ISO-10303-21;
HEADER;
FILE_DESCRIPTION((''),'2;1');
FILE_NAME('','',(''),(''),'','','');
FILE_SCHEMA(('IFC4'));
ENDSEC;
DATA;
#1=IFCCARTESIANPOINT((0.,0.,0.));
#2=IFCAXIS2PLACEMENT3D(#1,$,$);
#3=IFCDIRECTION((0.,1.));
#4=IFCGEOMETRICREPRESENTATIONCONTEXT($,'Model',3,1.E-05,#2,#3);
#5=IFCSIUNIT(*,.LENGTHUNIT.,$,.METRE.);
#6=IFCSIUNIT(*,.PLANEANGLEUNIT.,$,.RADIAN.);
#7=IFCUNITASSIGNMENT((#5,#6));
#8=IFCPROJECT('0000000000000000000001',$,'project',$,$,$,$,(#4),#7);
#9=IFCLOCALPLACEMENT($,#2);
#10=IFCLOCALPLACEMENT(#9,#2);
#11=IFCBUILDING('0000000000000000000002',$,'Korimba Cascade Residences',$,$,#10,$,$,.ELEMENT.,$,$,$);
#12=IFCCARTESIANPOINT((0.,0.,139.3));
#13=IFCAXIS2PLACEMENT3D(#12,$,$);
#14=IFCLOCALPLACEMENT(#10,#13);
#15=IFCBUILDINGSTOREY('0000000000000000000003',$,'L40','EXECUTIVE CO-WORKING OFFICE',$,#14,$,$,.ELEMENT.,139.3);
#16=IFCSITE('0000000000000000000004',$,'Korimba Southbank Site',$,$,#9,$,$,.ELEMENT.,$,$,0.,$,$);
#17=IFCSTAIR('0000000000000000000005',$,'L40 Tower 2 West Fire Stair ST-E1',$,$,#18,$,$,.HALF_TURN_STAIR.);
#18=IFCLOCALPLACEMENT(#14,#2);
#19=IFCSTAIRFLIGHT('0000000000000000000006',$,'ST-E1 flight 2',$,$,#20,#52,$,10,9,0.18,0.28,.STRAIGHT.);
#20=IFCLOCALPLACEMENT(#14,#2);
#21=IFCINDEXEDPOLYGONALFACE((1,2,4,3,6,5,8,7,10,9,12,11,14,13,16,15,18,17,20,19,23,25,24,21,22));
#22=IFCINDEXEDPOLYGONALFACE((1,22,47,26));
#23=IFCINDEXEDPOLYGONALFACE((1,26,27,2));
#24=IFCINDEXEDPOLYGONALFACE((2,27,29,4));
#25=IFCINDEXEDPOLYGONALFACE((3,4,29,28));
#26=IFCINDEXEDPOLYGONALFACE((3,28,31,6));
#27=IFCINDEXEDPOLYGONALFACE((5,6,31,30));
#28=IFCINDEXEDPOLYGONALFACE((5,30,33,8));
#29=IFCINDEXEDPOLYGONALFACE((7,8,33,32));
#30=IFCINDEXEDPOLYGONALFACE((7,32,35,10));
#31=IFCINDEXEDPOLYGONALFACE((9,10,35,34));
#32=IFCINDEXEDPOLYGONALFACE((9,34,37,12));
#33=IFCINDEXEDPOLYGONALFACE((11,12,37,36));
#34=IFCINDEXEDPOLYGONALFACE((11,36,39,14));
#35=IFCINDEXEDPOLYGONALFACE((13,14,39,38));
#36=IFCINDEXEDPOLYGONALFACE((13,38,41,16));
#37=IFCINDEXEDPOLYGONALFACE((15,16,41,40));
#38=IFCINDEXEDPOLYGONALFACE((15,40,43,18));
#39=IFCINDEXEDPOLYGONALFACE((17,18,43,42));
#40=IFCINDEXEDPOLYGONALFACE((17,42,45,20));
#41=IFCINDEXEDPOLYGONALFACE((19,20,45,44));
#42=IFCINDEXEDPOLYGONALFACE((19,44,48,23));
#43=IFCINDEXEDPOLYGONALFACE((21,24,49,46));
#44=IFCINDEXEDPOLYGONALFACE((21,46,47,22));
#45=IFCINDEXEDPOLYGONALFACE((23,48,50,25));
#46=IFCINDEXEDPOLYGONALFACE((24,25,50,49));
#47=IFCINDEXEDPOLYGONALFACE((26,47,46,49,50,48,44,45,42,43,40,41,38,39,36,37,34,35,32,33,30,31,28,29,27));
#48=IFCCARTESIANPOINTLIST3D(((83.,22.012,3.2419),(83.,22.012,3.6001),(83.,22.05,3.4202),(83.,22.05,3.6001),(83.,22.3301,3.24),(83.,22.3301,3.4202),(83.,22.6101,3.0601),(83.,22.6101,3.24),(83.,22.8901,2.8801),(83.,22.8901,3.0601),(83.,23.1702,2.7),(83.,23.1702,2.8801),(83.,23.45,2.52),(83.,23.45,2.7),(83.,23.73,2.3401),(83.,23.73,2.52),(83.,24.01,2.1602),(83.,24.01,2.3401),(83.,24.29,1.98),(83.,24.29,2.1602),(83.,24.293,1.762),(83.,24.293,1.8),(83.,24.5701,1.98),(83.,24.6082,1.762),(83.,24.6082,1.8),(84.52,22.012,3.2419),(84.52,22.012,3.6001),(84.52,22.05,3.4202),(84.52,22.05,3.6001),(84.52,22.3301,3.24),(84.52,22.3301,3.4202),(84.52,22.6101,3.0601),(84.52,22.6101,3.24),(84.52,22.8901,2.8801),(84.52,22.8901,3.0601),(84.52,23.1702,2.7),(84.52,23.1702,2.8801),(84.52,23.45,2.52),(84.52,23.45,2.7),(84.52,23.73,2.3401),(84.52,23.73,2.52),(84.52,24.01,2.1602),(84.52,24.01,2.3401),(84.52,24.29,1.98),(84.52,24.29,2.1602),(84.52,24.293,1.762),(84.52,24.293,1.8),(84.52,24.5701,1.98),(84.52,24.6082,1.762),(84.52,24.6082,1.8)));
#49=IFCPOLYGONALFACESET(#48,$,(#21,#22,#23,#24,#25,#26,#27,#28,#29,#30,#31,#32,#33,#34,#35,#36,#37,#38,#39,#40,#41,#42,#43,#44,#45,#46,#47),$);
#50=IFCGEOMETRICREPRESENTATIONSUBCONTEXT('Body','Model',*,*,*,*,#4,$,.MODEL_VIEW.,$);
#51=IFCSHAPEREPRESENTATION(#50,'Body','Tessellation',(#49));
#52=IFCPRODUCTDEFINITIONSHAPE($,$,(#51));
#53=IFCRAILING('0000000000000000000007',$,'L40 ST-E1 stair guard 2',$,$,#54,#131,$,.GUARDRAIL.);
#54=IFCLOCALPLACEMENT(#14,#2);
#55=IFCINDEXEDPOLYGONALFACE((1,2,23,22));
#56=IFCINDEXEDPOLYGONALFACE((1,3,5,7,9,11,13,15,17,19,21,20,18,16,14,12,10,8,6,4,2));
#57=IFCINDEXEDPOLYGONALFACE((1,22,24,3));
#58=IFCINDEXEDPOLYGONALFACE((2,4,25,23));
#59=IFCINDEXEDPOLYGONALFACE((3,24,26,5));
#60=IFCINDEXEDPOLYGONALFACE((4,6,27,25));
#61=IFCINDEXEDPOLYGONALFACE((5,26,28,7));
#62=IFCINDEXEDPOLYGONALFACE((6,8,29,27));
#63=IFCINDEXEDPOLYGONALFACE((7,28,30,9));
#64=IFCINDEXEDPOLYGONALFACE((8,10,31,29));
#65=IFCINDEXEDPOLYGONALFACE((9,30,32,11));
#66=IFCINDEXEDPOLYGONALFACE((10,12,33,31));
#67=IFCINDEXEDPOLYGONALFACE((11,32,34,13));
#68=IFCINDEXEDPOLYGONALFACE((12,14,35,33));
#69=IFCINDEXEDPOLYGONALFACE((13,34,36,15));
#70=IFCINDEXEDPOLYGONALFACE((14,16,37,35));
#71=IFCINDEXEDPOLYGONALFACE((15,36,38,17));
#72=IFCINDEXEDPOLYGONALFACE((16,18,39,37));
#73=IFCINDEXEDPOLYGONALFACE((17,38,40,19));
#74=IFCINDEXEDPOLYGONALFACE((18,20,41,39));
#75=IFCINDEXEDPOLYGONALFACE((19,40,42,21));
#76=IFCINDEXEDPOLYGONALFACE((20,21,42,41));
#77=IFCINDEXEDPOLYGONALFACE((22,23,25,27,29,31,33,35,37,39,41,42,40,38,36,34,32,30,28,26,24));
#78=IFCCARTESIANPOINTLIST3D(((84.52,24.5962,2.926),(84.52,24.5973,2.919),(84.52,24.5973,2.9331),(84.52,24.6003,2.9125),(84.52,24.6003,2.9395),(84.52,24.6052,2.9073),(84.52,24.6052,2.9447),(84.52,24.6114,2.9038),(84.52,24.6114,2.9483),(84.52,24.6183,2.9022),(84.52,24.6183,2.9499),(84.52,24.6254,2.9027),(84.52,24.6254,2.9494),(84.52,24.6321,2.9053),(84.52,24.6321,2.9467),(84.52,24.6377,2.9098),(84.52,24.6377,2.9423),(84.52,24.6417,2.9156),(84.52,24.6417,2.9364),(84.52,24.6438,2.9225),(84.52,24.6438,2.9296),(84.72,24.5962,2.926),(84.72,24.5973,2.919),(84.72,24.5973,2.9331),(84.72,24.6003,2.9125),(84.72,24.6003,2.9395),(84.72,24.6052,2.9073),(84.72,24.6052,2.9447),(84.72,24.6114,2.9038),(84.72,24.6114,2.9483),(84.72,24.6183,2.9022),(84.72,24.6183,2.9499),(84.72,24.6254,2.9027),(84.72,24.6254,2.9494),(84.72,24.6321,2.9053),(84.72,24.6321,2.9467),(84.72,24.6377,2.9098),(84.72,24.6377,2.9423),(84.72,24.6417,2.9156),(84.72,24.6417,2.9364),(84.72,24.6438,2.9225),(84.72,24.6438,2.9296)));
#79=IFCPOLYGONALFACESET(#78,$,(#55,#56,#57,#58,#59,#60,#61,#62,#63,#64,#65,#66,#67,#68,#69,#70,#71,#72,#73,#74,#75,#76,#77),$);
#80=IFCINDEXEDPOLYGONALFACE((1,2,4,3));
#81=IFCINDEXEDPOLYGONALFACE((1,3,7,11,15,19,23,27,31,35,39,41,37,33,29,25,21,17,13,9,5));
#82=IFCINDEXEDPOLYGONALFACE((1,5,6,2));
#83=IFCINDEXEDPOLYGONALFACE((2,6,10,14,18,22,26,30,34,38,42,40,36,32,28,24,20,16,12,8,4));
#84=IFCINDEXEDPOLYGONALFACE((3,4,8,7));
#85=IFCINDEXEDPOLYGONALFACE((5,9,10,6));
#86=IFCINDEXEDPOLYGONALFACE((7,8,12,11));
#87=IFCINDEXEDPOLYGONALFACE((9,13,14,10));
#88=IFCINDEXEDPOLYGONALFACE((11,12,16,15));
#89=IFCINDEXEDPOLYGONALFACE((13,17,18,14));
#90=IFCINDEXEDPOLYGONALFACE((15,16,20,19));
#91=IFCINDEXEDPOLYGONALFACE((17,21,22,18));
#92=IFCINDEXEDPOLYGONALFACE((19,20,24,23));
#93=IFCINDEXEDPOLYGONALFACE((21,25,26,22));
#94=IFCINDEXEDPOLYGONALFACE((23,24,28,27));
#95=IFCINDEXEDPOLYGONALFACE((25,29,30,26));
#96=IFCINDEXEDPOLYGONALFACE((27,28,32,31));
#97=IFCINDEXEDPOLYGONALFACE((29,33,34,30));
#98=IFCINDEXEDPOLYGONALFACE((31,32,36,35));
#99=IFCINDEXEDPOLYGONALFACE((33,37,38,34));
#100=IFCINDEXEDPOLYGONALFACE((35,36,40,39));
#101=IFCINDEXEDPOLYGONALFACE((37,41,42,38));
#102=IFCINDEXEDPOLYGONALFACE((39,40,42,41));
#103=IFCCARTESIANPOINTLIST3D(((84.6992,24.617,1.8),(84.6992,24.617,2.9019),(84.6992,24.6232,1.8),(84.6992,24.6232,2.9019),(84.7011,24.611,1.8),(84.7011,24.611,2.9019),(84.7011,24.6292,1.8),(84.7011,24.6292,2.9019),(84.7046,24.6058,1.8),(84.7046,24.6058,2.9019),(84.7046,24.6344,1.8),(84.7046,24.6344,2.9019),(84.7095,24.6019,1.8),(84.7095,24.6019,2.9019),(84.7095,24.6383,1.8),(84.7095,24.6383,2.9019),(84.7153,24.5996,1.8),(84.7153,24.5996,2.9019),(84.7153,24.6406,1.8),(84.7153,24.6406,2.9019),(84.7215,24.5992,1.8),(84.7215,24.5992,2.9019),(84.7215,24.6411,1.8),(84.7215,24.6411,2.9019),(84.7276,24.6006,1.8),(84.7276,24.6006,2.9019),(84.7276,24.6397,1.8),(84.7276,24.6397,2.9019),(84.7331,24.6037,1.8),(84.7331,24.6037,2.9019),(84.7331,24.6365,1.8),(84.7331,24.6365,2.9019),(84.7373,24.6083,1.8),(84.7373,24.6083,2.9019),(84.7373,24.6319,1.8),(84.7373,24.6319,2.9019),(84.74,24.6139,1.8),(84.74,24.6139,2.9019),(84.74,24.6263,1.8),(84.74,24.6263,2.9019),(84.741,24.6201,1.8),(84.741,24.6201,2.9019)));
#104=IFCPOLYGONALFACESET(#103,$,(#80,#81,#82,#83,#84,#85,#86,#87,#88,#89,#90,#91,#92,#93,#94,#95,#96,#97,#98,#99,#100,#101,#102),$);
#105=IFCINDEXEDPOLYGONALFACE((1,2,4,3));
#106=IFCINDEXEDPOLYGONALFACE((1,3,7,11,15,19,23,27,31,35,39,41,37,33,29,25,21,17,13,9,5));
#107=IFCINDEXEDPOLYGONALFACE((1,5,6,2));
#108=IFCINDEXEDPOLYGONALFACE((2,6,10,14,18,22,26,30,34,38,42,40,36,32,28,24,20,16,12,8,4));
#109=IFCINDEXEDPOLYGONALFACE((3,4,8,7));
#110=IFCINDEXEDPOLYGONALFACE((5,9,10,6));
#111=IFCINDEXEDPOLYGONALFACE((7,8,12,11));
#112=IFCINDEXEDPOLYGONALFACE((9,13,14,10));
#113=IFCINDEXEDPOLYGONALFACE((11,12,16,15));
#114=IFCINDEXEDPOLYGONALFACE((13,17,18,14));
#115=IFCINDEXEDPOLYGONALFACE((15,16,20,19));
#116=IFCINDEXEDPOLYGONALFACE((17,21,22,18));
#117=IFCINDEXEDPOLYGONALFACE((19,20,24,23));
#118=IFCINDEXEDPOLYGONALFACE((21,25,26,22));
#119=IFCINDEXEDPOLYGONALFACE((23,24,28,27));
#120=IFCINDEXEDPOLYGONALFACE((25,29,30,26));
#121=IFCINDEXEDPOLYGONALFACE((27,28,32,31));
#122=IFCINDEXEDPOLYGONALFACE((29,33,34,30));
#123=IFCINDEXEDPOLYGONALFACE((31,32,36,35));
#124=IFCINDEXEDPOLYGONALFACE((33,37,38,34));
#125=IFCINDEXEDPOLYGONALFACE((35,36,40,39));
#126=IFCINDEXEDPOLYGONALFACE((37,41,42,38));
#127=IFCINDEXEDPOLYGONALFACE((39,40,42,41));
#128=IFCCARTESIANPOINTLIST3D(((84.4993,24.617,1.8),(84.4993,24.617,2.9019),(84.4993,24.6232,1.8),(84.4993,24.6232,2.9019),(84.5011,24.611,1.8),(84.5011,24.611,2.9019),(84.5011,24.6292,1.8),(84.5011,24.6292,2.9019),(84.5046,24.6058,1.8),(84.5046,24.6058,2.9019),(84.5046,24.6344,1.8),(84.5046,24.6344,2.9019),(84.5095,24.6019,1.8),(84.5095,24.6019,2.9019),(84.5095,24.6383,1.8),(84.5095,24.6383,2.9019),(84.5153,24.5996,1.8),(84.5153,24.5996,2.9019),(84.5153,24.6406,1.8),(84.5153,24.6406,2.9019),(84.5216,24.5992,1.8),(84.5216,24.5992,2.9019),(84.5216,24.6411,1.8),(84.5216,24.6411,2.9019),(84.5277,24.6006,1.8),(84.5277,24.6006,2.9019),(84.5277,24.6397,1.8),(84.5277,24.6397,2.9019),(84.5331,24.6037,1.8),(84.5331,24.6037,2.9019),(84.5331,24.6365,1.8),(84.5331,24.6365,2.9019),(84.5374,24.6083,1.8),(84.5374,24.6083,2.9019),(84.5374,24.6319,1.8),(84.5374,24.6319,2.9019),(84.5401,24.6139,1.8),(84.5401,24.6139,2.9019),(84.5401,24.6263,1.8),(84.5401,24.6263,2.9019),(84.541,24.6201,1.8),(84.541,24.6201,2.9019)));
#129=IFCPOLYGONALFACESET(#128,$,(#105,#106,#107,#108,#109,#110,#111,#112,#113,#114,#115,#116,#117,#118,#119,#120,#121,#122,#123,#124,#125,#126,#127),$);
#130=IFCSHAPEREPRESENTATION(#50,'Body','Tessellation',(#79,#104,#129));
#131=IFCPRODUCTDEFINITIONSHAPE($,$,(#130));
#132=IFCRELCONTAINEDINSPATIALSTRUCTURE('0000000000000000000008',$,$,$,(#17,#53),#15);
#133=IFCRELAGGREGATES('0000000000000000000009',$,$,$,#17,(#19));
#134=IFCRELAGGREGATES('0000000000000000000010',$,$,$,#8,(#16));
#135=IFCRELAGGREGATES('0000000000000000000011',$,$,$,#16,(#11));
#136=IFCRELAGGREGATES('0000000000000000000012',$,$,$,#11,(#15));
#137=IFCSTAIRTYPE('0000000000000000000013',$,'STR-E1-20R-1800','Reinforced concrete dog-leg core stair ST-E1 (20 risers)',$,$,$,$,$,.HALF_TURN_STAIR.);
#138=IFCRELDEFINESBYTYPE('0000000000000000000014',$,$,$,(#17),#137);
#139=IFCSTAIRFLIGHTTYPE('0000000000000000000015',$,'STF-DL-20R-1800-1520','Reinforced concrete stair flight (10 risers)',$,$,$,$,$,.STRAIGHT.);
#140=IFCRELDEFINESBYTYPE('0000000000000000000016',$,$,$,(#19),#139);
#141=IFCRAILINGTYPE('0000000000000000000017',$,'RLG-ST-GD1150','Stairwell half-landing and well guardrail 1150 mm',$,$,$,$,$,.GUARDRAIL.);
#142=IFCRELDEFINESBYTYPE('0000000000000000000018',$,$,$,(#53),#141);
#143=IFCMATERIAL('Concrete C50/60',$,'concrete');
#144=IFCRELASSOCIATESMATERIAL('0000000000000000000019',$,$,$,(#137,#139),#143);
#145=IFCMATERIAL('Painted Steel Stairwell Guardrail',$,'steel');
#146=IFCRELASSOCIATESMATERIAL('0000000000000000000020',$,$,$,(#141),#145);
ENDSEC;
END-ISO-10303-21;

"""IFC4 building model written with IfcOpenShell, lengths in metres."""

from ifc_helpers import new_model, si_unit, direction, frame, origin, origin_2d, place, context, subcontext, project, spatial, polyline, circle, outline, extrude, material, type_object, element, aggregate, save


model = new_model("IFC4")

# Units and contexts
model_context = context("Model", 3, precision=1e-05, world=origin(), true_north=direction((0.0, 1.0)))
body_context = subcontext(model_context, "Body", "Model", "MODEL_VIEW")
ifc_project = project(units=[si_unit("LENGTHUNIT", "METRE"), si_unit("PLANEANGLEUNIT", "RADIAN")], contexts=[model_context])

# Site, building, storey
site_placement = place(None, origin())
site = spatial("IfcSite", under=ifc_project, at=site_placement, Name="Korimba Southbank Site", CompositionType="ELEMENT", RefElevation=0.0)
building_placement = place(site_placement, origin())
building = spatial("IfcBuilding", under=site, at=building_placement, Name="Korimba Cascade Residences", CompositionType="ELEMENT")
storey_placement = place(building_placement, frame((0.0, 0.0, 139.3)))
storey = spatial("IfcBuildingStorey", under=building, at=storey_placement, Name="L40", Description="EXECUTIVE CO-WORKING OFFICE", CompositionType="ELEMENT", Elevation=139.3)

# Shared definitions
ifc_material_1 = material(Name="Concrete C50/60", Category="concrete")

# Stair, stair flight
stair_type = type_object("IfcStairType", Name="STR-E1-20R-1800", Description="Reinforced concrete dog-leg core stair ST-E1 (20 risers)", PredefinedType="HALF_TURN_STAIR", material=ifc_material_1)
stair_placement = place(storey_placement, origin())
stair = element("IfcStair", 1, at=stair_placement, inside=storey, type_object=stair_type, Name="L40 Tower 2 West Fire Stair ST-E1", PredefinedType="HALF_TURN_STAIR")
stair_flight_type = type_object("IfcStairFlightType", Name="STF-DL-20R-1800-1520", Description="Reinforced concrete stair flight (10 risers)", PredefinedType="STRAIGHT", material=ifc_material_1)
stair_flight_placement = place(storey_placement, frame((83.76, 24.5701, 1.8), z_axis=(0.0, 0.0, 1.0), x_axis=(0.0, -1.0, 0.0)))
stair_flight = element("IfcStairFlight", 2, at=stair_flight_placement, type_object=stair_flight_type, Name="ST-E1 flight 2", NumberOfRisers=10, NumberOfTreads=9, PredefinedType="STRAIGHT", RiserHeight=0.18, TreadLength=0.28, context=body_context, shape_type="SweptSolid", body=[
    extrude(outline(polyline([(-0.0381, 0.0), (0.0, 0.1799), (0.28, 0.1799), (0.28, 0.3601), (0.5601, 0.3601), (0.5601, 0.54), (0.8401, 0.54), (0.8401, 0.72), (1.1201, 0.72), (1.1201, 0.8999), (1.3999, 0.8999), (1.3999, 1.0801), (1.6799, 1.0801), (1.6799, 1.26), (1.96, 1.26), (1.96, 1.4399), (2.24, 1.4399), (2.24, 1.6201), (2.52, 1.6201), (2.52, 1.8), (2.5581, 1.8), (2.5581, 1.4419), (0.2771, 0.0), (0.2771, -0.0381), (-0.0381, -0.0381), (-0.0381, 0.0)])), frame((0.0, 0.76, 0.0), z_axis=(0.0, -1.0, 0.0), x_axis=(1.0, 0.0, 0.0)), (0.0, 0.0, 1.0), 1.52),
])
aggregate(stair, [stair_flight])

# Railing
ifc_material_2 = material(Name="Painted Steel Stairwell Guardrail", Category="steel")
railing_type = type_object("IfcRailingType", Name="RLG-ST-GD1150", Description="Stairwell half-landing and well guardrail 1150 mm", PredefinedType="GUARDRAIL", material=ifc_material_2)
railing_1_placement = place(storey_placement, frame((84.72, 24.6201, 1.8)))
element("IfcRailing", 3, at=railing_1_placement, inside=storey, type_object=railing_type, Name="L40 ST-E1 stair guard 2", PredefinedType="GUARDRAIL", context=body_context, shape_type="SweptSolid", body=[
    extrude(circle(Radius=0.0239, at=origin_2d()), frame((0.0, 0.0, 1.126), z_axis=(-1.0, 0.0, 0.0), x_axis=(0.0, -1.0, 0.0)), (0.0, 0.0, 1.0), 0.2),
    extrude(circle(Radius=0.021, at=origin_2d()), origin(), (0.0, 0.0, 1.0), 1.1018),
    extrude(circle(Radius=0.021, at=origin_2d()), frame((-0.2, 0.0, 0.0)), (0.0, 0.0, 1.0), 1.1018),
])

save(model, "model.ifc")
